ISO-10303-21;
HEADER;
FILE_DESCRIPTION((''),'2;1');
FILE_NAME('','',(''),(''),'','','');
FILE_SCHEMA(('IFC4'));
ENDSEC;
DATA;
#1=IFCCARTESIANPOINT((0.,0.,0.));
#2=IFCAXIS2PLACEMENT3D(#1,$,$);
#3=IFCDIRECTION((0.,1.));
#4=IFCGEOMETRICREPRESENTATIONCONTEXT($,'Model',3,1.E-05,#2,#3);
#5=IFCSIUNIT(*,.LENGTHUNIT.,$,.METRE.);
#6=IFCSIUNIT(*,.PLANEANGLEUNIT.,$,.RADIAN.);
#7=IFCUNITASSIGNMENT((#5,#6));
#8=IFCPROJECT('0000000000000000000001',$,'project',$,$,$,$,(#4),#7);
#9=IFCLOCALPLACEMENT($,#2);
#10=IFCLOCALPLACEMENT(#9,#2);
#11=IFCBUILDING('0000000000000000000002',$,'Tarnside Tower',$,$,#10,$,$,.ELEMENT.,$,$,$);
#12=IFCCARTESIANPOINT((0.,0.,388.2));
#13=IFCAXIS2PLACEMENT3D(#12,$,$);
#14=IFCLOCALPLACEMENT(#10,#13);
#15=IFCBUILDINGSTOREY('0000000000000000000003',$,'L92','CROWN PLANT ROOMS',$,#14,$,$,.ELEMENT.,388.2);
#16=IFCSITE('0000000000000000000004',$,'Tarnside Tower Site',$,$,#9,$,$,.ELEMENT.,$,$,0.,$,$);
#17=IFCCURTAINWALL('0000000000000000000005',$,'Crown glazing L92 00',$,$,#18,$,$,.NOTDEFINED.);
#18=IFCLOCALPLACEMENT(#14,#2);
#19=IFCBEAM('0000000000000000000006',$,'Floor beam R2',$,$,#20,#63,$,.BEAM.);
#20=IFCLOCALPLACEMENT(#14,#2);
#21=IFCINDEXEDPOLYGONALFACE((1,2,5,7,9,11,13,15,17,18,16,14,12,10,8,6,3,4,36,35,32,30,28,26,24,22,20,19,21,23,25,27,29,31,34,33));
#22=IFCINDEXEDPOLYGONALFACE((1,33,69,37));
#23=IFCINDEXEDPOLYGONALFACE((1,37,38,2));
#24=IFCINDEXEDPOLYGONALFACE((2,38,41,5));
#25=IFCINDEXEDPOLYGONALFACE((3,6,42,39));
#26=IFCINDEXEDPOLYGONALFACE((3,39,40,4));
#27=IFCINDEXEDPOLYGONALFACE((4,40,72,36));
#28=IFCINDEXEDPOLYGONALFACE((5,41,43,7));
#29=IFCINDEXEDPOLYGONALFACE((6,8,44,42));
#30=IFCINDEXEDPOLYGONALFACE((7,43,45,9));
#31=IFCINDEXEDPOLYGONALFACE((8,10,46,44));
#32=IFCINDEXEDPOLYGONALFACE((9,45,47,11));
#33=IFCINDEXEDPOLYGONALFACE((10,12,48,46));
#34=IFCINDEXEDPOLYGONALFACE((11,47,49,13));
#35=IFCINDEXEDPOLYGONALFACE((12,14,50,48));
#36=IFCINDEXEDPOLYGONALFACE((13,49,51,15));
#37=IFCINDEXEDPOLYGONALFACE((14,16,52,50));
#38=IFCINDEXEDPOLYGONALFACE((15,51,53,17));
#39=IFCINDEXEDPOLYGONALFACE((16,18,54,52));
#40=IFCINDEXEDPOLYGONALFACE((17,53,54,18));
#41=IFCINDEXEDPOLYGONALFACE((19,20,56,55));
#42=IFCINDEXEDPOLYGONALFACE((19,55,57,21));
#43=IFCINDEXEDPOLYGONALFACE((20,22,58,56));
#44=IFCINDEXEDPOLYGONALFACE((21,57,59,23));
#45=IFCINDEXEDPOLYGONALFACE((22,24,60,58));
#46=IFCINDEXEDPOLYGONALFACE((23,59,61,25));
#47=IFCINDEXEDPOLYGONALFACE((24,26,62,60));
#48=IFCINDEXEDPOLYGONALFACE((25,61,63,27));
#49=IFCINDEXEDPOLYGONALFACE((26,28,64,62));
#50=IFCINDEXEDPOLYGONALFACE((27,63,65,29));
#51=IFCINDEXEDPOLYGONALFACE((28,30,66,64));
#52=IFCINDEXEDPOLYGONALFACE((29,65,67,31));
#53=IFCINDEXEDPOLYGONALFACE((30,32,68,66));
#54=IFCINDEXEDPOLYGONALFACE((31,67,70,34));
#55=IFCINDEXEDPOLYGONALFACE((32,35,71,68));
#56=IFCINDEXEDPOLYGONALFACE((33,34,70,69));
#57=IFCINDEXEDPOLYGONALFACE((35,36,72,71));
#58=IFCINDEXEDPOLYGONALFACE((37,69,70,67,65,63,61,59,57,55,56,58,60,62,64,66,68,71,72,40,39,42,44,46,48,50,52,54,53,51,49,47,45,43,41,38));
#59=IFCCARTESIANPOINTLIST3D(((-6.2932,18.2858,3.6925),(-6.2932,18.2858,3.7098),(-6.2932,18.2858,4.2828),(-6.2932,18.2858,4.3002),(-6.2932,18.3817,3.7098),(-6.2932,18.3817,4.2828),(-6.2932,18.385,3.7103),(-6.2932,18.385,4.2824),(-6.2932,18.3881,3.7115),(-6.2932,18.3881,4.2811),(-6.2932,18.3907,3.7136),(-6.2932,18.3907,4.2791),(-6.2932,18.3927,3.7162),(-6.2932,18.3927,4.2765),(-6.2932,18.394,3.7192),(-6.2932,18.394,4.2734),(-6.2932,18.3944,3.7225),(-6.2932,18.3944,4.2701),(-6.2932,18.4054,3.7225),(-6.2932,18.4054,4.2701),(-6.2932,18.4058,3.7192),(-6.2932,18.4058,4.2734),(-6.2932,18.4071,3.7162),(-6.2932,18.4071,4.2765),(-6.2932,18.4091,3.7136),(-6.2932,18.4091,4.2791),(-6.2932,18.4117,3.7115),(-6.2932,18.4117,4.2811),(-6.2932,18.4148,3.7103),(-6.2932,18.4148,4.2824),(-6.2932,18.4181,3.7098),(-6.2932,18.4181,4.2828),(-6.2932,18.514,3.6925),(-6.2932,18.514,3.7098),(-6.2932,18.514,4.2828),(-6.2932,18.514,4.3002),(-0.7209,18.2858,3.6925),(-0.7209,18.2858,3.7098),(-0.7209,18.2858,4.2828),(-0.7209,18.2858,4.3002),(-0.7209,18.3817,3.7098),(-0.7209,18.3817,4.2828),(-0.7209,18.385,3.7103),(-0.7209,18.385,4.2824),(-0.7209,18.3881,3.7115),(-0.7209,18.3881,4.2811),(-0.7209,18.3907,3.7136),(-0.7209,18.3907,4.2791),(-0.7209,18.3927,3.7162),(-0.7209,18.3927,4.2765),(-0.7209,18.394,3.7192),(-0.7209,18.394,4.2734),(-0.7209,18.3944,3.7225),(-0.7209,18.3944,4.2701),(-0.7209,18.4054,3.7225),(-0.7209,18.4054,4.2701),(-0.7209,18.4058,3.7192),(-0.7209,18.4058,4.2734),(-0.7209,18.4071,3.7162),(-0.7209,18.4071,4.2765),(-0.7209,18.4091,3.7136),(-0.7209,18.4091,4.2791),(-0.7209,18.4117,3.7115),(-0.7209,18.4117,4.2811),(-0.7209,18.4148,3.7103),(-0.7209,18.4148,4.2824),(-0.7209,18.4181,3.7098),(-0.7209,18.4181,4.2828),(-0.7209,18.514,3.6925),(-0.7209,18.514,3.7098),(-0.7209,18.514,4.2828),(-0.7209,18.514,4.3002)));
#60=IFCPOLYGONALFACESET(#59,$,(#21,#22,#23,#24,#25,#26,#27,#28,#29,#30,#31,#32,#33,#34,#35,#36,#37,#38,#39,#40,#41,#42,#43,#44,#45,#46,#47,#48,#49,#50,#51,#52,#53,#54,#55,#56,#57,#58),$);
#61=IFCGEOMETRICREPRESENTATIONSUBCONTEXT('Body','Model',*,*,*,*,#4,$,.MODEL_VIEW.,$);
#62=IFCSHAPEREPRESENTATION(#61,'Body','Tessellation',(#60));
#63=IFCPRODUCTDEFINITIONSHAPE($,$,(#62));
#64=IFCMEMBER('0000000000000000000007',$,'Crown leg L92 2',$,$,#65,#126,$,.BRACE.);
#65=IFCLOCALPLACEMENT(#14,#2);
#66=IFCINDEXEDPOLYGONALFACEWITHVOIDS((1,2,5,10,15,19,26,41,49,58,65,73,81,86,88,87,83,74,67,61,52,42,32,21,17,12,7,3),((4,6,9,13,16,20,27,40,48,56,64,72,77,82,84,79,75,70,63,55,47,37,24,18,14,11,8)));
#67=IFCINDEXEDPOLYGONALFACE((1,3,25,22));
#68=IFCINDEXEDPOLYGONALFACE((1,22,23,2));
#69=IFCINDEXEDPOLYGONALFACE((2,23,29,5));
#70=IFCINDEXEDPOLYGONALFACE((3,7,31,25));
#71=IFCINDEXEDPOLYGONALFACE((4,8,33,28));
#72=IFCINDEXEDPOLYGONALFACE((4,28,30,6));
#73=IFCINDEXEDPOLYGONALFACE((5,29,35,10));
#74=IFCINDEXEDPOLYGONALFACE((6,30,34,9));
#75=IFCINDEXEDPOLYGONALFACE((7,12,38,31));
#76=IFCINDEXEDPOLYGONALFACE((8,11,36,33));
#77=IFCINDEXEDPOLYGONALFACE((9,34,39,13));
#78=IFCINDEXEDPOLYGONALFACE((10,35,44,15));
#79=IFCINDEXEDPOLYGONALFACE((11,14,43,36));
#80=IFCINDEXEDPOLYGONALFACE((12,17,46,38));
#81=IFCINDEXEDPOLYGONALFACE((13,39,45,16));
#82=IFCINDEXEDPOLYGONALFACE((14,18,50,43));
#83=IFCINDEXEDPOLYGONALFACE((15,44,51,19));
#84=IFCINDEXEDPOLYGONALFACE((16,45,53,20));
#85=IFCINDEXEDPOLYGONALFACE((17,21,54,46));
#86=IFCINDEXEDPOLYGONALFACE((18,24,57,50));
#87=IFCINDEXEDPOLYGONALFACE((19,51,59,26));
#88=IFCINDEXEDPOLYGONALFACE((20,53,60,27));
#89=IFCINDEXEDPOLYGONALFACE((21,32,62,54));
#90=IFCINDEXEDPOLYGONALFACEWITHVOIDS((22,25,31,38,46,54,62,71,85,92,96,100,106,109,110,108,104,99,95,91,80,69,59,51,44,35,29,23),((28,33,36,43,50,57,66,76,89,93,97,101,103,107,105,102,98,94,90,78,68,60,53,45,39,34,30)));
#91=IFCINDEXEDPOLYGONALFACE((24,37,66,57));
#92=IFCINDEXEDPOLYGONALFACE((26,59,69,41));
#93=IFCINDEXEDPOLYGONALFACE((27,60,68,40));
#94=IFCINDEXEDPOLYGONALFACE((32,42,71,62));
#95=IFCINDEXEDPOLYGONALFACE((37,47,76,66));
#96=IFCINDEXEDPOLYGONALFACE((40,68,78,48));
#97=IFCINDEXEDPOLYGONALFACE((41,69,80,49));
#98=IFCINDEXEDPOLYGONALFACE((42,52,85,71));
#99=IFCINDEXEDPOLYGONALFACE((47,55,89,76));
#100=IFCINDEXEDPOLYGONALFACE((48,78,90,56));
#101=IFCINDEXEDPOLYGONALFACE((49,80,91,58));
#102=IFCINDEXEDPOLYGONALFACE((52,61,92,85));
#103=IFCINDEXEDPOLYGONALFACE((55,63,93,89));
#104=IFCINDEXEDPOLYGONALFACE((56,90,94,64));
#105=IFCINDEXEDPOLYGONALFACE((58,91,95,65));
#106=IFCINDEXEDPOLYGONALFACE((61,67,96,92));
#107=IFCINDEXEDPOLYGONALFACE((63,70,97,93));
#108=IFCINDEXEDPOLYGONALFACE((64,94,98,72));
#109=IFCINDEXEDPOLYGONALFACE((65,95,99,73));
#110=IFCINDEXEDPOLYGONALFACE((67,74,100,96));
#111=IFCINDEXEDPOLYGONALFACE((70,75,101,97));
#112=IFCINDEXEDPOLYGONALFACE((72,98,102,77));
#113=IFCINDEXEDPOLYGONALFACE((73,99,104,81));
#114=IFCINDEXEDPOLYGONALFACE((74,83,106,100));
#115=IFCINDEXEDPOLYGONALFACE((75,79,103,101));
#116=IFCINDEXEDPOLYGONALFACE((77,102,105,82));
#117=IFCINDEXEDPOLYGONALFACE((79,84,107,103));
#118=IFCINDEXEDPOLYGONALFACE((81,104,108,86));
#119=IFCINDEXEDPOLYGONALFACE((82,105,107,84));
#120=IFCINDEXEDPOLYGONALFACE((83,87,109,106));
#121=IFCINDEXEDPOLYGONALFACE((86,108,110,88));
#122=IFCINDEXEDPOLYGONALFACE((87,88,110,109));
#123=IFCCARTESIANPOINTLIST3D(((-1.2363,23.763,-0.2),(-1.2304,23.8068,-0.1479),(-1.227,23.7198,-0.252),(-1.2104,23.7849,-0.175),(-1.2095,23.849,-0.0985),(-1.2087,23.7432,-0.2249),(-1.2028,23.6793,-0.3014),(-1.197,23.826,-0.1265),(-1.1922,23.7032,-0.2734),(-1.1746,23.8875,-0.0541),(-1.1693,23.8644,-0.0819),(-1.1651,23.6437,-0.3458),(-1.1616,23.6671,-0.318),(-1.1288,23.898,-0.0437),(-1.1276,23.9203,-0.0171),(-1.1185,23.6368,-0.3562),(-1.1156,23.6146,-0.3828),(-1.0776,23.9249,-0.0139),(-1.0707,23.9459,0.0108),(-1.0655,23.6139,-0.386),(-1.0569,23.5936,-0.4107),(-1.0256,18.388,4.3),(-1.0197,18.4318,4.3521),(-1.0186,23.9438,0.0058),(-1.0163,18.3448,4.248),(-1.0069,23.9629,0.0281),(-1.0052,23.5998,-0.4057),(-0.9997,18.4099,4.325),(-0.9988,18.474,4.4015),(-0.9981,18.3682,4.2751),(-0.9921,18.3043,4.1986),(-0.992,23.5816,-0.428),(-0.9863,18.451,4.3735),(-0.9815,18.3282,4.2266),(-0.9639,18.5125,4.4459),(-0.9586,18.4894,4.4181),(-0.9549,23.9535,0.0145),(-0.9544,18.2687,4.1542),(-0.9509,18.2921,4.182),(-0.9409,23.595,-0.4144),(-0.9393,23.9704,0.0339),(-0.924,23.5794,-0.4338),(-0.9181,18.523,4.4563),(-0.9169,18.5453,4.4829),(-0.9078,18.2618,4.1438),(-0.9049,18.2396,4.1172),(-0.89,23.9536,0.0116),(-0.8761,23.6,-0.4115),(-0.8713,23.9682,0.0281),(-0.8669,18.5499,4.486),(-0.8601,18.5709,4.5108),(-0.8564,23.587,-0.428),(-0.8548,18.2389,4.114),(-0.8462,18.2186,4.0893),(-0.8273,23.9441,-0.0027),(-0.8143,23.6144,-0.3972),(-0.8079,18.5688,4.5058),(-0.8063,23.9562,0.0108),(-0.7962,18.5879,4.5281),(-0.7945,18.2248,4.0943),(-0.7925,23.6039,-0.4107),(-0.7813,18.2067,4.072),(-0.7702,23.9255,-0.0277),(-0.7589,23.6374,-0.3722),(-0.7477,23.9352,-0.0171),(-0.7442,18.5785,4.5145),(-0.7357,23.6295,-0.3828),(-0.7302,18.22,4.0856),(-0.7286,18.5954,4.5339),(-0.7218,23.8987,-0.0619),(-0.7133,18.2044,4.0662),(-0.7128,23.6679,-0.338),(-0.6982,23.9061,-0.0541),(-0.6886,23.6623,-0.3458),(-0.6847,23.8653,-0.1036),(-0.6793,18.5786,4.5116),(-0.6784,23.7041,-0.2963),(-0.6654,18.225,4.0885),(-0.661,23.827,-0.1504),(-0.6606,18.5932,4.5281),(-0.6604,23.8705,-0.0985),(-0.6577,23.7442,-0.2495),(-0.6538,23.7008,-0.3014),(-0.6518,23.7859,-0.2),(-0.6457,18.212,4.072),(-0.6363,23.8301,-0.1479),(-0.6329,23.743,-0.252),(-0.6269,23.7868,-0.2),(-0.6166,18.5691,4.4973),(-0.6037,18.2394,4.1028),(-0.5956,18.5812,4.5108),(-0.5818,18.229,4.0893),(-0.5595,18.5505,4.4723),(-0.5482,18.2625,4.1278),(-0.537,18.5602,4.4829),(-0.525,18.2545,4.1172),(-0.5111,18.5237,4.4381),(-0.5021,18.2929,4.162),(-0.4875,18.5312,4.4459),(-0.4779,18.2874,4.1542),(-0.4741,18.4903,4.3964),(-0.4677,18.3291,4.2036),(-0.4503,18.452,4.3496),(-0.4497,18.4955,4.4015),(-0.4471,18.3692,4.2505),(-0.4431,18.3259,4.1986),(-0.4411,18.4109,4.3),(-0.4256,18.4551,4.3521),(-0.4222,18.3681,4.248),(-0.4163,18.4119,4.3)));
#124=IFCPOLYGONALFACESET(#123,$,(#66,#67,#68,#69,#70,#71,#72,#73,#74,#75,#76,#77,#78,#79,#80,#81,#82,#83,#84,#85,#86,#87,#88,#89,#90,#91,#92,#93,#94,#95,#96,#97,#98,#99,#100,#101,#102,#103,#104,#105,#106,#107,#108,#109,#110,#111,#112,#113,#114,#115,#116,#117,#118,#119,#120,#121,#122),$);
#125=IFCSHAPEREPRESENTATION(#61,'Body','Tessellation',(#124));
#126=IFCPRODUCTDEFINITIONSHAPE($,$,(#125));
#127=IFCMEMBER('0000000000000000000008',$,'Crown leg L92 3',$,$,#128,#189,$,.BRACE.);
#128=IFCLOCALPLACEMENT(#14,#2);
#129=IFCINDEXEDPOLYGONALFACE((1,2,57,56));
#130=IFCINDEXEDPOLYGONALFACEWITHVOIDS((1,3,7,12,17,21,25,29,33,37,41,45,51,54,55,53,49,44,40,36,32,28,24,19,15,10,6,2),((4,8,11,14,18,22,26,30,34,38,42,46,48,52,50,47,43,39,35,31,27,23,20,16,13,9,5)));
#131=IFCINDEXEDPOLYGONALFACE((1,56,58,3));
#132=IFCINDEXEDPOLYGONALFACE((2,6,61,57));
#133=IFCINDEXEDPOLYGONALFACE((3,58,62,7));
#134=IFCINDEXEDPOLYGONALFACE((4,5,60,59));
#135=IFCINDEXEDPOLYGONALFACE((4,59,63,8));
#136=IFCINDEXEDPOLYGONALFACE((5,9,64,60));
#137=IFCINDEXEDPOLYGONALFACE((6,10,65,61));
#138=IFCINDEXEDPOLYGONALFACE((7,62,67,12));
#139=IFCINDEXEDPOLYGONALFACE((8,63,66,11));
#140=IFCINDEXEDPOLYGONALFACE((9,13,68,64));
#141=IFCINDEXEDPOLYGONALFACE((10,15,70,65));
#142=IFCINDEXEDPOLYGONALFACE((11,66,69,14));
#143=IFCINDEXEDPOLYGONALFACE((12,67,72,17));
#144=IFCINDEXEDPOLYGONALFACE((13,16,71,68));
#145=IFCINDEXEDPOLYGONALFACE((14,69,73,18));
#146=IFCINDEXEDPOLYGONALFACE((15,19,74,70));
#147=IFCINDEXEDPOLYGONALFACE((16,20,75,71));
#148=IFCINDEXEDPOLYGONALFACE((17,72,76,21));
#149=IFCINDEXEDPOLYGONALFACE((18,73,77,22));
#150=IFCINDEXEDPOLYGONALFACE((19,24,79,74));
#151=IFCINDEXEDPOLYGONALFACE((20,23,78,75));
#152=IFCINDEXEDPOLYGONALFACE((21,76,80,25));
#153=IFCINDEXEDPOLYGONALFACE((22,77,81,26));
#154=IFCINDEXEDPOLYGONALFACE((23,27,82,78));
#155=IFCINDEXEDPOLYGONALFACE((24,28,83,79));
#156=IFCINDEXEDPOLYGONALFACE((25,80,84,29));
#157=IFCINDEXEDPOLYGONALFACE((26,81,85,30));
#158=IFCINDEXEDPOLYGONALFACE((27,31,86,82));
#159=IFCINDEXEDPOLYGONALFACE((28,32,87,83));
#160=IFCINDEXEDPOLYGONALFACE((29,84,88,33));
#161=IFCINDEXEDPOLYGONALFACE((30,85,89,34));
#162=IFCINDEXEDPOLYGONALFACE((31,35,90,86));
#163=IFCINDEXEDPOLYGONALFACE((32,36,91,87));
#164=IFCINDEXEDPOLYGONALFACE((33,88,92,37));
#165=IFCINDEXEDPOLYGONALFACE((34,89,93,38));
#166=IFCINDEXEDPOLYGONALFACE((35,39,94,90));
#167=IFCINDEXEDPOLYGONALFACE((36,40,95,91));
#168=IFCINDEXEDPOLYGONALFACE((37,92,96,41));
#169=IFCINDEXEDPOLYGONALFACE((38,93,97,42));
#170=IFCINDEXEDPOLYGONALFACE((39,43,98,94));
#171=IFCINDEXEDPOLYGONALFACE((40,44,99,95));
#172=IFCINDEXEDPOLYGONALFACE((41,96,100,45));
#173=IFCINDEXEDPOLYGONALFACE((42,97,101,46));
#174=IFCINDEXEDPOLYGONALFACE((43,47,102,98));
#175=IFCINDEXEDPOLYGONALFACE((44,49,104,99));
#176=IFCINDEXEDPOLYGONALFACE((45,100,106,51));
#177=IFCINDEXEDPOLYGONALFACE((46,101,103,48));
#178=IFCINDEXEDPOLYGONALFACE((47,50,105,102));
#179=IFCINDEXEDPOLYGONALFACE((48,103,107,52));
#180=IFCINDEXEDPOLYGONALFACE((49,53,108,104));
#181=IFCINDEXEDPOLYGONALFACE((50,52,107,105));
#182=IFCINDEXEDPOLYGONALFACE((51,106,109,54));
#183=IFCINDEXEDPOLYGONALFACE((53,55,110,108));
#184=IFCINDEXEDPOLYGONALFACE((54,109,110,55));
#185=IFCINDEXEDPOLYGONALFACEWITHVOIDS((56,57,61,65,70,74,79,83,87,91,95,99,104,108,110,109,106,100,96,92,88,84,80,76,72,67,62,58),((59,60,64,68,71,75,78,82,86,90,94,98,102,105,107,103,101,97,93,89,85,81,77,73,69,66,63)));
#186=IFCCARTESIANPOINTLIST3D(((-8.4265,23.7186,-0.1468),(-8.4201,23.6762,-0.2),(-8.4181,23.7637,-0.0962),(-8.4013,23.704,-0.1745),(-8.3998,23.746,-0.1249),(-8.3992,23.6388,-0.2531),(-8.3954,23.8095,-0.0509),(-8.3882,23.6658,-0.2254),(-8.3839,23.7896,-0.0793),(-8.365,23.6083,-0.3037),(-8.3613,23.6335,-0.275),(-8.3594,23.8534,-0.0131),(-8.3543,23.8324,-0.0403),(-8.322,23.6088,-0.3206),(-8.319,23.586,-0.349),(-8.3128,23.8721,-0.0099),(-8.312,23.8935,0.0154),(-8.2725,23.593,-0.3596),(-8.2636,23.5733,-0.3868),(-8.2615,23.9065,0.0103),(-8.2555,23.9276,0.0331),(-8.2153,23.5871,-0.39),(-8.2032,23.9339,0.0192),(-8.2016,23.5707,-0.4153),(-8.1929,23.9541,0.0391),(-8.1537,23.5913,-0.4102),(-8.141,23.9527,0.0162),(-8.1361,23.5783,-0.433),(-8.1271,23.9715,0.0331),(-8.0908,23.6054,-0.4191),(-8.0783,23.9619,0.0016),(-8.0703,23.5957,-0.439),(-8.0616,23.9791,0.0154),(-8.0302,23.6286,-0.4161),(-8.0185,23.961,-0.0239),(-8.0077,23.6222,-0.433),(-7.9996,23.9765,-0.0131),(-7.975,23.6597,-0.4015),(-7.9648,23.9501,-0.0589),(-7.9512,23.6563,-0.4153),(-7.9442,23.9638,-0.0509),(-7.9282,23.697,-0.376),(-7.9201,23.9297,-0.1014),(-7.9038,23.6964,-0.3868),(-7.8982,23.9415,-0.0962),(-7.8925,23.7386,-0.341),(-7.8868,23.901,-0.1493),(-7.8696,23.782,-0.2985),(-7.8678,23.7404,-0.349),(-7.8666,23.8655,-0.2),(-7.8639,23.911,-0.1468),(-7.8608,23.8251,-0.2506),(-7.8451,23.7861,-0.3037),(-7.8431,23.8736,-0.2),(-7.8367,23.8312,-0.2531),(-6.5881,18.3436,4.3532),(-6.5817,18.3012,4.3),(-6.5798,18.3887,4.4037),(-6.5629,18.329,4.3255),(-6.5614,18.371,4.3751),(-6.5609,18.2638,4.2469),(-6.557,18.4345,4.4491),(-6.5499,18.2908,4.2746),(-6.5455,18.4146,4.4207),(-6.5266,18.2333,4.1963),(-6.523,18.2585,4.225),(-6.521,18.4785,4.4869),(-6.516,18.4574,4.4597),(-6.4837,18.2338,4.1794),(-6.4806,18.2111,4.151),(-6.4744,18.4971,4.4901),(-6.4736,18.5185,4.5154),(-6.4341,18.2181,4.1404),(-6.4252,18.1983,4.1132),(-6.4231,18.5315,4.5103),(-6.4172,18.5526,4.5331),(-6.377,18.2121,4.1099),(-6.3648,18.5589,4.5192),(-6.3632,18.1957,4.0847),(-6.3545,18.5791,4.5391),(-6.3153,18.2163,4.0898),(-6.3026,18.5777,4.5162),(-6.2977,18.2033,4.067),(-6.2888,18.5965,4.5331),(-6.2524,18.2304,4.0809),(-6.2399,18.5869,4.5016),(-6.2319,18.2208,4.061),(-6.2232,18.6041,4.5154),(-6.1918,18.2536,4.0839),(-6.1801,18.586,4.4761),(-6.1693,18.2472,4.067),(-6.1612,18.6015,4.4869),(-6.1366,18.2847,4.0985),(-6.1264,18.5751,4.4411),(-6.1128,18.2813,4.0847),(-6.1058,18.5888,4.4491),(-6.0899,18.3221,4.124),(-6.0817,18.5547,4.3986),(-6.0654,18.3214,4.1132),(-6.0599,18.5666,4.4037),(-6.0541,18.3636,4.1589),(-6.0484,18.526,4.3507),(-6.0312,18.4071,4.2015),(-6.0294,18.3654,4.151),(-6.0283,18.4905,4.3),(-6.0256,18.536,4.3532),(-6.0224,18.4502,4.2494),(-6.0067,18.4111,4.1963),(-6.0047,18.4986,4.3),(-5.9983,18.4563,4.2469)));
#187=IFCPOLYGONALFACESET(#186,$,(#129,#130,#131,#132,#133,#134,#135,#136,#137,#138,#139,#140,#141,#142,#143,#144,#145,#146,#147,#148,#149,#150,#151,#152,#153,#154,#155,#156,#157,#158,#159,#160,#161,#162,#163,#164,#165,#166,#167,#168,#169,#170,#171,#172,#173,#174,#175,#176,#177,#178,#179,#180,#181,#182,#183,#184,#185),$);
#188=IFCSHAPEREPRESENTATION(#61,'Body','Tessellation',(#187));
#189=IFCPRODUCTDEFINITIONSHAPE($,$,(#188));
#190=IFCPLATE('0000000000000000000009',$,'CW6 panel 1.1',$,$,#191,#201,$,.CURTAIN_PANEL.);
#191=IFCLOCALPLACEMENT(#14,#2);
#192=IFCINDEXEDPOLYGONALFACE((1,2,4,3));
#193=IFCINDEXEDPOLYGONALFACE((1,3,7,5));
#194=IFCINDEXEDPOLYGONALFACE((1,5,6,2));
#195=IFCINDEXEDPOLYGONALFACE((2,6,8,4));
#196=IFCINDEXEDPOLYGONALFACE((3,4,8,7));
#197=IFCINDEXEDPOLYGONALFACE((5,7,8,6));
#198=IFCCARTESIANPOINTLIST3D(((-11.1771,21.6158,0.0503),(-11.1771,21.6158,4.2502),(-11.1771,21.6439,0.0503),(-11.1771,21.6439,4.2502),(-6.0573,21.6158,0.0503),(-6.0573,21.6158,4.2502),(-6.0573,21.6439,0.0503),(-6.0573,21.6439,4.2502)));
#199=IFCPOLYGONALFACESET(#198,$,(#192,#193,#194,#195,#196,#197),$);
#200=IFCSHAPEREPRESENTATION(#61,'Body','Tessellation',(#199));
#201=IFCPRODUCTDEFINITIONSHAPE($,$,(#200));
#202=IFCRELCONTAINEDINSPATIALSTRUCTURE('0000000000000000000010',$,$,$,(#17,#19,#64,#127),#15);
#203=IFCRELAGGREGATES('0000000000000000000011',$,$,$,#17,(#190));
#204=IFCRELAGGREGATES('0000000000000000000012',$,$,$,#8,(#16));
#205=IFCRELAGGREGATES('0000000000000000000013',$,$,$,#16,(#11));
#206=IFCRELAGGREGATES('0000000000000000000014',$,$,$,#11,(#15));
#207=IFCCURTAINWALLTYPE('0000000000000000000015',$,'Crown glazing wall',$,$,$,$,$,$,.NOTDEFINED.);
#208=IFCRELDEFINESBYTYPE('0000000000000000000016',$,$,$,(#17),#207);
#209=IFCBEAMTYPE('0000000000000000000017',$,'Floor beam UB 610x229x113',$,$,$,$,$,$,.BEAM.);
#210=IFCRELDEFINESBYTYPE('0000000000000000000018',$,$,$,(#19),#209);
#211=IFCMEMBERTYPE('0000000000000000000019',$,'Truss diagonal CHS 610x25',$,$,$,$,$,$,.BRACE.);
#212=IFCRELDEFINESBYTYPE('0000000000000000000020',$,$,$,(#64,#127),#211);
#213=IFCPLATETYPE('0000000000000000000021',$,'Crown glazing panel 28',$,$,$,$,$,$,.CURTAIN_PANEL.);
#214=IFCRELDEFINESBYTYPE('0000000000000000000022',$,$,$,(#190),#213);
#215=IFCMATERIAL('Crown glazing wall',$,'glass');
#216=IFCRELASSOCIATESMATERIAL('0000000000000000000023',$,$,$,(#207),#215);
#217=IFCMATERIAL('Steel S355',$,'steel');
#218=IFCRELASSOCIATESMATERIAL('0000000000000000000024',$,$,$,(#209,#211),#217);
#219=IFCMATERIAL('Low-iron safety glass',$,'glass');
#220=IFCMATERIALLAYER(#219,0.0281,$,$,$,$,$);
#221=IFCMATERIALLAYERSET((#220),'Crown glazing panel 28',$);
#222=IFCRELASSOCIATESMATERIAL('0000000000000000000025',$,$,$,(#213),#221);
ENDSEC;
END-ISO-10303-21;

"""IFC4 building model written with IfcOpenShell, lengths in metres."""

from ifc_helpers import new_model, si_unit, direction, frame, origin, origin_2d, place, context, subcontext, project, spatial, rectangle, hollow_circle, i_section, extrude, material, layer, layer_set, material_profile, profile_set, type_object, element, aggregate, save


model = new_model("IFC4")

# Units and contexts
model_context = context("Model", 3, precision=1e-05, world=origin(), true_north=direction((0.0, 1.0)))
body_context = subcontext(model_context, "Body", "Model", "MODEL_VIEW")
ifc_project = project(units=[si_unit("LENGTHUNIT", "METRE"), si_unit("PLANEANGLEUNIT", "RADIAN")], contexts=[model_context])

# Site, building, storey
site_placement = place(None, origin())
site = spatial("IfcSite", under=ifc_project, at=site_placement, Name="Tarnside Tower Site", CompositionType="ELEMENT", RefElevation=0.0)
building_placement = place(site_placement, origin())
building = spatial("IfcBuilding", under=site, at=building_placement, Name="Tarnside Tower", CompositionType="ELEMENT")
storey_placement = place(building_placement, frame((0.0, 0.0, 388.2)))
storey = spatial("IfcBuildingStorey", under=building, at=storey_placement, Name="L92", Description="CROWN PLANT ROOMS", CompositionType="ELEMENT", Elevation=388.2)

# Curtain wall
ifc_material_1 = material(Name="Crown glazing wall", Category="glass")
curtain_wall_type = type_object("IfcCurtainWallType", Name="Crown glazing wall", PredefinedType="NOTDEFINED", material=ifc_material_1)
curtain_wall_1_placement = place(storey_placement, origin())
curtain_wall_1 = element("IfcCurtainWall", 1, at=curtain_wall_1_placement, inside=storey, type_object=curtain_wall_type, Name="Crown glazing L92 00", PredefinedType="NOTDEFINED")

# Beam
ifc_material_2 = material(Name="Steel S355", Category="steel")
ifc_material_profile_1 = material_profile(ifc_material_2, i_section(OverallWidth=0.2283, OverallDepth=0.6077, WebThickness=0.011, FlangeThickness=0.0173, FilletRadius=0.0127, at=origin_2d()), Name="UB 610x229x113")
ifc_profile_set_1 = profile_set([ifc_material_profile_1], Name="Steel S355")
beam_type = type_object("IfcBeamType", Name="Floor beam UB 610x229x113", PredefinedType="BEAM", material=ifc_profile_set_1)
beam_placement = place(storey_placement, frame((-0.7209, 18.3999, 3.9963), z_axis=(-1.0, 0.0, 0.0), x_axis=(0.0, -1.0, 0.0)))
element("IfcBeam", 2, at=beam_placement, inside=storey, type_object=beam_type, Name="Floor beam R2", PredefinedType="BEAM", context=body_context, shape_type="SweptSolid", body=[
    extrude(i_section(OverallWidth=0.2283, OverallDepth=0.6077, WebThickness=0.011, FlangeThickness=0.0173, FilletRadius=0.0127, at=origin_2d()), origin(), (0.0, 0.0, 1.0), 5.5723),
])

# Members
ifc_material_profile_2 = material_profile(ifc_material_2, hollow_circle(Radius=0.3049, WallThickness=0.0249, at=origin_2d()), Name="CHS 610x25")
ifc_profile_set_2 = profile_set([ifc_material_profile_2], Name="Steel S355")
member_type_1 = type_object("IfcMemberType", Name="Truss diagonal CHS 610x25", PredefinedType="BRACE", material=ifc_profile_set_2)
member_1_placement = place(storey_placement, frame((-0.9316, 23.7749, -0.2), z_axis=(0.030042, -0.766412, 0.641647), x_axis=(0.999233, 0.039169, 0.0)))
element("IfcMember", 3, at=member_1_placement, inside=storey, type_object=member_type_1, Name="Crown leg L92 2", PredefinedType="BRACE", context=body_context, shape_type="SweptSolid", body=[
    extrude(hollow_circle(Radius=0.3049, WallThickness=0.0249, at=origin_2d()), origin(), (0.0, 0.0, 1.0), 7.0132),
])
member_2_placement = place(storey_placement, frame((-8.1316, 23.7749, -0.2), z_axis=(0.253671, -0.741677, 0.620939), x_axis=(0.946188, 0.323619, 0.0)))
element("IfcMember", 4, at=member_2_placement, inside=storey, type_object=member_type_1, Name="Crown leg L92 3", PredefinedType="BRACE", context=body_context, shape_type="SweptSolid", body=[
    extrude(hollow_circle(Radius=0.3049, WallThickness=0.0249, at=origin_2d()), origin(), (0.0, 0.0, 1.0), 7.2471),
])

# Plate
ifc_material_3 = material(Name="Low-iron safety glass", Category="glass")
ifc_layer_1 = layer(ifc_material_3, 0.0281)
ifc_layer_set_1 = layer_set([ifc_layer_1], Name="Crown glazing panel 28")
plate_type_1 = type_object("IfcPlateType", Name="Crown glazing panel 28", PredefinedType="CURTAIN_PANEL", material=ifc_layer_set_1)
plate_1_placement = place(storey_placement, frame((-8.6172, 21.6299, 0.0503), z_axis=(0.0, 0.0, 1.0), x_axis=(1.0, 0.0, 0.0)))
plate_1 = element("IfcPlate", 5, at=plate_1_placement, type_object=plate_type_1, Name="CW6 panel 1.1", PredefinedType="CURTAIN_PANEL", context=body_context, shape_type="SweptSolid", body=[
    extrude(rectangle(XDim=5.1199, YDim=0.0281, at=origin_2d()), origin(), (0.0, 0.0, 1.0), 4.2),
])
aggregate(curtain_wall_1, [plate_1])

save(model, "model.ifc")
